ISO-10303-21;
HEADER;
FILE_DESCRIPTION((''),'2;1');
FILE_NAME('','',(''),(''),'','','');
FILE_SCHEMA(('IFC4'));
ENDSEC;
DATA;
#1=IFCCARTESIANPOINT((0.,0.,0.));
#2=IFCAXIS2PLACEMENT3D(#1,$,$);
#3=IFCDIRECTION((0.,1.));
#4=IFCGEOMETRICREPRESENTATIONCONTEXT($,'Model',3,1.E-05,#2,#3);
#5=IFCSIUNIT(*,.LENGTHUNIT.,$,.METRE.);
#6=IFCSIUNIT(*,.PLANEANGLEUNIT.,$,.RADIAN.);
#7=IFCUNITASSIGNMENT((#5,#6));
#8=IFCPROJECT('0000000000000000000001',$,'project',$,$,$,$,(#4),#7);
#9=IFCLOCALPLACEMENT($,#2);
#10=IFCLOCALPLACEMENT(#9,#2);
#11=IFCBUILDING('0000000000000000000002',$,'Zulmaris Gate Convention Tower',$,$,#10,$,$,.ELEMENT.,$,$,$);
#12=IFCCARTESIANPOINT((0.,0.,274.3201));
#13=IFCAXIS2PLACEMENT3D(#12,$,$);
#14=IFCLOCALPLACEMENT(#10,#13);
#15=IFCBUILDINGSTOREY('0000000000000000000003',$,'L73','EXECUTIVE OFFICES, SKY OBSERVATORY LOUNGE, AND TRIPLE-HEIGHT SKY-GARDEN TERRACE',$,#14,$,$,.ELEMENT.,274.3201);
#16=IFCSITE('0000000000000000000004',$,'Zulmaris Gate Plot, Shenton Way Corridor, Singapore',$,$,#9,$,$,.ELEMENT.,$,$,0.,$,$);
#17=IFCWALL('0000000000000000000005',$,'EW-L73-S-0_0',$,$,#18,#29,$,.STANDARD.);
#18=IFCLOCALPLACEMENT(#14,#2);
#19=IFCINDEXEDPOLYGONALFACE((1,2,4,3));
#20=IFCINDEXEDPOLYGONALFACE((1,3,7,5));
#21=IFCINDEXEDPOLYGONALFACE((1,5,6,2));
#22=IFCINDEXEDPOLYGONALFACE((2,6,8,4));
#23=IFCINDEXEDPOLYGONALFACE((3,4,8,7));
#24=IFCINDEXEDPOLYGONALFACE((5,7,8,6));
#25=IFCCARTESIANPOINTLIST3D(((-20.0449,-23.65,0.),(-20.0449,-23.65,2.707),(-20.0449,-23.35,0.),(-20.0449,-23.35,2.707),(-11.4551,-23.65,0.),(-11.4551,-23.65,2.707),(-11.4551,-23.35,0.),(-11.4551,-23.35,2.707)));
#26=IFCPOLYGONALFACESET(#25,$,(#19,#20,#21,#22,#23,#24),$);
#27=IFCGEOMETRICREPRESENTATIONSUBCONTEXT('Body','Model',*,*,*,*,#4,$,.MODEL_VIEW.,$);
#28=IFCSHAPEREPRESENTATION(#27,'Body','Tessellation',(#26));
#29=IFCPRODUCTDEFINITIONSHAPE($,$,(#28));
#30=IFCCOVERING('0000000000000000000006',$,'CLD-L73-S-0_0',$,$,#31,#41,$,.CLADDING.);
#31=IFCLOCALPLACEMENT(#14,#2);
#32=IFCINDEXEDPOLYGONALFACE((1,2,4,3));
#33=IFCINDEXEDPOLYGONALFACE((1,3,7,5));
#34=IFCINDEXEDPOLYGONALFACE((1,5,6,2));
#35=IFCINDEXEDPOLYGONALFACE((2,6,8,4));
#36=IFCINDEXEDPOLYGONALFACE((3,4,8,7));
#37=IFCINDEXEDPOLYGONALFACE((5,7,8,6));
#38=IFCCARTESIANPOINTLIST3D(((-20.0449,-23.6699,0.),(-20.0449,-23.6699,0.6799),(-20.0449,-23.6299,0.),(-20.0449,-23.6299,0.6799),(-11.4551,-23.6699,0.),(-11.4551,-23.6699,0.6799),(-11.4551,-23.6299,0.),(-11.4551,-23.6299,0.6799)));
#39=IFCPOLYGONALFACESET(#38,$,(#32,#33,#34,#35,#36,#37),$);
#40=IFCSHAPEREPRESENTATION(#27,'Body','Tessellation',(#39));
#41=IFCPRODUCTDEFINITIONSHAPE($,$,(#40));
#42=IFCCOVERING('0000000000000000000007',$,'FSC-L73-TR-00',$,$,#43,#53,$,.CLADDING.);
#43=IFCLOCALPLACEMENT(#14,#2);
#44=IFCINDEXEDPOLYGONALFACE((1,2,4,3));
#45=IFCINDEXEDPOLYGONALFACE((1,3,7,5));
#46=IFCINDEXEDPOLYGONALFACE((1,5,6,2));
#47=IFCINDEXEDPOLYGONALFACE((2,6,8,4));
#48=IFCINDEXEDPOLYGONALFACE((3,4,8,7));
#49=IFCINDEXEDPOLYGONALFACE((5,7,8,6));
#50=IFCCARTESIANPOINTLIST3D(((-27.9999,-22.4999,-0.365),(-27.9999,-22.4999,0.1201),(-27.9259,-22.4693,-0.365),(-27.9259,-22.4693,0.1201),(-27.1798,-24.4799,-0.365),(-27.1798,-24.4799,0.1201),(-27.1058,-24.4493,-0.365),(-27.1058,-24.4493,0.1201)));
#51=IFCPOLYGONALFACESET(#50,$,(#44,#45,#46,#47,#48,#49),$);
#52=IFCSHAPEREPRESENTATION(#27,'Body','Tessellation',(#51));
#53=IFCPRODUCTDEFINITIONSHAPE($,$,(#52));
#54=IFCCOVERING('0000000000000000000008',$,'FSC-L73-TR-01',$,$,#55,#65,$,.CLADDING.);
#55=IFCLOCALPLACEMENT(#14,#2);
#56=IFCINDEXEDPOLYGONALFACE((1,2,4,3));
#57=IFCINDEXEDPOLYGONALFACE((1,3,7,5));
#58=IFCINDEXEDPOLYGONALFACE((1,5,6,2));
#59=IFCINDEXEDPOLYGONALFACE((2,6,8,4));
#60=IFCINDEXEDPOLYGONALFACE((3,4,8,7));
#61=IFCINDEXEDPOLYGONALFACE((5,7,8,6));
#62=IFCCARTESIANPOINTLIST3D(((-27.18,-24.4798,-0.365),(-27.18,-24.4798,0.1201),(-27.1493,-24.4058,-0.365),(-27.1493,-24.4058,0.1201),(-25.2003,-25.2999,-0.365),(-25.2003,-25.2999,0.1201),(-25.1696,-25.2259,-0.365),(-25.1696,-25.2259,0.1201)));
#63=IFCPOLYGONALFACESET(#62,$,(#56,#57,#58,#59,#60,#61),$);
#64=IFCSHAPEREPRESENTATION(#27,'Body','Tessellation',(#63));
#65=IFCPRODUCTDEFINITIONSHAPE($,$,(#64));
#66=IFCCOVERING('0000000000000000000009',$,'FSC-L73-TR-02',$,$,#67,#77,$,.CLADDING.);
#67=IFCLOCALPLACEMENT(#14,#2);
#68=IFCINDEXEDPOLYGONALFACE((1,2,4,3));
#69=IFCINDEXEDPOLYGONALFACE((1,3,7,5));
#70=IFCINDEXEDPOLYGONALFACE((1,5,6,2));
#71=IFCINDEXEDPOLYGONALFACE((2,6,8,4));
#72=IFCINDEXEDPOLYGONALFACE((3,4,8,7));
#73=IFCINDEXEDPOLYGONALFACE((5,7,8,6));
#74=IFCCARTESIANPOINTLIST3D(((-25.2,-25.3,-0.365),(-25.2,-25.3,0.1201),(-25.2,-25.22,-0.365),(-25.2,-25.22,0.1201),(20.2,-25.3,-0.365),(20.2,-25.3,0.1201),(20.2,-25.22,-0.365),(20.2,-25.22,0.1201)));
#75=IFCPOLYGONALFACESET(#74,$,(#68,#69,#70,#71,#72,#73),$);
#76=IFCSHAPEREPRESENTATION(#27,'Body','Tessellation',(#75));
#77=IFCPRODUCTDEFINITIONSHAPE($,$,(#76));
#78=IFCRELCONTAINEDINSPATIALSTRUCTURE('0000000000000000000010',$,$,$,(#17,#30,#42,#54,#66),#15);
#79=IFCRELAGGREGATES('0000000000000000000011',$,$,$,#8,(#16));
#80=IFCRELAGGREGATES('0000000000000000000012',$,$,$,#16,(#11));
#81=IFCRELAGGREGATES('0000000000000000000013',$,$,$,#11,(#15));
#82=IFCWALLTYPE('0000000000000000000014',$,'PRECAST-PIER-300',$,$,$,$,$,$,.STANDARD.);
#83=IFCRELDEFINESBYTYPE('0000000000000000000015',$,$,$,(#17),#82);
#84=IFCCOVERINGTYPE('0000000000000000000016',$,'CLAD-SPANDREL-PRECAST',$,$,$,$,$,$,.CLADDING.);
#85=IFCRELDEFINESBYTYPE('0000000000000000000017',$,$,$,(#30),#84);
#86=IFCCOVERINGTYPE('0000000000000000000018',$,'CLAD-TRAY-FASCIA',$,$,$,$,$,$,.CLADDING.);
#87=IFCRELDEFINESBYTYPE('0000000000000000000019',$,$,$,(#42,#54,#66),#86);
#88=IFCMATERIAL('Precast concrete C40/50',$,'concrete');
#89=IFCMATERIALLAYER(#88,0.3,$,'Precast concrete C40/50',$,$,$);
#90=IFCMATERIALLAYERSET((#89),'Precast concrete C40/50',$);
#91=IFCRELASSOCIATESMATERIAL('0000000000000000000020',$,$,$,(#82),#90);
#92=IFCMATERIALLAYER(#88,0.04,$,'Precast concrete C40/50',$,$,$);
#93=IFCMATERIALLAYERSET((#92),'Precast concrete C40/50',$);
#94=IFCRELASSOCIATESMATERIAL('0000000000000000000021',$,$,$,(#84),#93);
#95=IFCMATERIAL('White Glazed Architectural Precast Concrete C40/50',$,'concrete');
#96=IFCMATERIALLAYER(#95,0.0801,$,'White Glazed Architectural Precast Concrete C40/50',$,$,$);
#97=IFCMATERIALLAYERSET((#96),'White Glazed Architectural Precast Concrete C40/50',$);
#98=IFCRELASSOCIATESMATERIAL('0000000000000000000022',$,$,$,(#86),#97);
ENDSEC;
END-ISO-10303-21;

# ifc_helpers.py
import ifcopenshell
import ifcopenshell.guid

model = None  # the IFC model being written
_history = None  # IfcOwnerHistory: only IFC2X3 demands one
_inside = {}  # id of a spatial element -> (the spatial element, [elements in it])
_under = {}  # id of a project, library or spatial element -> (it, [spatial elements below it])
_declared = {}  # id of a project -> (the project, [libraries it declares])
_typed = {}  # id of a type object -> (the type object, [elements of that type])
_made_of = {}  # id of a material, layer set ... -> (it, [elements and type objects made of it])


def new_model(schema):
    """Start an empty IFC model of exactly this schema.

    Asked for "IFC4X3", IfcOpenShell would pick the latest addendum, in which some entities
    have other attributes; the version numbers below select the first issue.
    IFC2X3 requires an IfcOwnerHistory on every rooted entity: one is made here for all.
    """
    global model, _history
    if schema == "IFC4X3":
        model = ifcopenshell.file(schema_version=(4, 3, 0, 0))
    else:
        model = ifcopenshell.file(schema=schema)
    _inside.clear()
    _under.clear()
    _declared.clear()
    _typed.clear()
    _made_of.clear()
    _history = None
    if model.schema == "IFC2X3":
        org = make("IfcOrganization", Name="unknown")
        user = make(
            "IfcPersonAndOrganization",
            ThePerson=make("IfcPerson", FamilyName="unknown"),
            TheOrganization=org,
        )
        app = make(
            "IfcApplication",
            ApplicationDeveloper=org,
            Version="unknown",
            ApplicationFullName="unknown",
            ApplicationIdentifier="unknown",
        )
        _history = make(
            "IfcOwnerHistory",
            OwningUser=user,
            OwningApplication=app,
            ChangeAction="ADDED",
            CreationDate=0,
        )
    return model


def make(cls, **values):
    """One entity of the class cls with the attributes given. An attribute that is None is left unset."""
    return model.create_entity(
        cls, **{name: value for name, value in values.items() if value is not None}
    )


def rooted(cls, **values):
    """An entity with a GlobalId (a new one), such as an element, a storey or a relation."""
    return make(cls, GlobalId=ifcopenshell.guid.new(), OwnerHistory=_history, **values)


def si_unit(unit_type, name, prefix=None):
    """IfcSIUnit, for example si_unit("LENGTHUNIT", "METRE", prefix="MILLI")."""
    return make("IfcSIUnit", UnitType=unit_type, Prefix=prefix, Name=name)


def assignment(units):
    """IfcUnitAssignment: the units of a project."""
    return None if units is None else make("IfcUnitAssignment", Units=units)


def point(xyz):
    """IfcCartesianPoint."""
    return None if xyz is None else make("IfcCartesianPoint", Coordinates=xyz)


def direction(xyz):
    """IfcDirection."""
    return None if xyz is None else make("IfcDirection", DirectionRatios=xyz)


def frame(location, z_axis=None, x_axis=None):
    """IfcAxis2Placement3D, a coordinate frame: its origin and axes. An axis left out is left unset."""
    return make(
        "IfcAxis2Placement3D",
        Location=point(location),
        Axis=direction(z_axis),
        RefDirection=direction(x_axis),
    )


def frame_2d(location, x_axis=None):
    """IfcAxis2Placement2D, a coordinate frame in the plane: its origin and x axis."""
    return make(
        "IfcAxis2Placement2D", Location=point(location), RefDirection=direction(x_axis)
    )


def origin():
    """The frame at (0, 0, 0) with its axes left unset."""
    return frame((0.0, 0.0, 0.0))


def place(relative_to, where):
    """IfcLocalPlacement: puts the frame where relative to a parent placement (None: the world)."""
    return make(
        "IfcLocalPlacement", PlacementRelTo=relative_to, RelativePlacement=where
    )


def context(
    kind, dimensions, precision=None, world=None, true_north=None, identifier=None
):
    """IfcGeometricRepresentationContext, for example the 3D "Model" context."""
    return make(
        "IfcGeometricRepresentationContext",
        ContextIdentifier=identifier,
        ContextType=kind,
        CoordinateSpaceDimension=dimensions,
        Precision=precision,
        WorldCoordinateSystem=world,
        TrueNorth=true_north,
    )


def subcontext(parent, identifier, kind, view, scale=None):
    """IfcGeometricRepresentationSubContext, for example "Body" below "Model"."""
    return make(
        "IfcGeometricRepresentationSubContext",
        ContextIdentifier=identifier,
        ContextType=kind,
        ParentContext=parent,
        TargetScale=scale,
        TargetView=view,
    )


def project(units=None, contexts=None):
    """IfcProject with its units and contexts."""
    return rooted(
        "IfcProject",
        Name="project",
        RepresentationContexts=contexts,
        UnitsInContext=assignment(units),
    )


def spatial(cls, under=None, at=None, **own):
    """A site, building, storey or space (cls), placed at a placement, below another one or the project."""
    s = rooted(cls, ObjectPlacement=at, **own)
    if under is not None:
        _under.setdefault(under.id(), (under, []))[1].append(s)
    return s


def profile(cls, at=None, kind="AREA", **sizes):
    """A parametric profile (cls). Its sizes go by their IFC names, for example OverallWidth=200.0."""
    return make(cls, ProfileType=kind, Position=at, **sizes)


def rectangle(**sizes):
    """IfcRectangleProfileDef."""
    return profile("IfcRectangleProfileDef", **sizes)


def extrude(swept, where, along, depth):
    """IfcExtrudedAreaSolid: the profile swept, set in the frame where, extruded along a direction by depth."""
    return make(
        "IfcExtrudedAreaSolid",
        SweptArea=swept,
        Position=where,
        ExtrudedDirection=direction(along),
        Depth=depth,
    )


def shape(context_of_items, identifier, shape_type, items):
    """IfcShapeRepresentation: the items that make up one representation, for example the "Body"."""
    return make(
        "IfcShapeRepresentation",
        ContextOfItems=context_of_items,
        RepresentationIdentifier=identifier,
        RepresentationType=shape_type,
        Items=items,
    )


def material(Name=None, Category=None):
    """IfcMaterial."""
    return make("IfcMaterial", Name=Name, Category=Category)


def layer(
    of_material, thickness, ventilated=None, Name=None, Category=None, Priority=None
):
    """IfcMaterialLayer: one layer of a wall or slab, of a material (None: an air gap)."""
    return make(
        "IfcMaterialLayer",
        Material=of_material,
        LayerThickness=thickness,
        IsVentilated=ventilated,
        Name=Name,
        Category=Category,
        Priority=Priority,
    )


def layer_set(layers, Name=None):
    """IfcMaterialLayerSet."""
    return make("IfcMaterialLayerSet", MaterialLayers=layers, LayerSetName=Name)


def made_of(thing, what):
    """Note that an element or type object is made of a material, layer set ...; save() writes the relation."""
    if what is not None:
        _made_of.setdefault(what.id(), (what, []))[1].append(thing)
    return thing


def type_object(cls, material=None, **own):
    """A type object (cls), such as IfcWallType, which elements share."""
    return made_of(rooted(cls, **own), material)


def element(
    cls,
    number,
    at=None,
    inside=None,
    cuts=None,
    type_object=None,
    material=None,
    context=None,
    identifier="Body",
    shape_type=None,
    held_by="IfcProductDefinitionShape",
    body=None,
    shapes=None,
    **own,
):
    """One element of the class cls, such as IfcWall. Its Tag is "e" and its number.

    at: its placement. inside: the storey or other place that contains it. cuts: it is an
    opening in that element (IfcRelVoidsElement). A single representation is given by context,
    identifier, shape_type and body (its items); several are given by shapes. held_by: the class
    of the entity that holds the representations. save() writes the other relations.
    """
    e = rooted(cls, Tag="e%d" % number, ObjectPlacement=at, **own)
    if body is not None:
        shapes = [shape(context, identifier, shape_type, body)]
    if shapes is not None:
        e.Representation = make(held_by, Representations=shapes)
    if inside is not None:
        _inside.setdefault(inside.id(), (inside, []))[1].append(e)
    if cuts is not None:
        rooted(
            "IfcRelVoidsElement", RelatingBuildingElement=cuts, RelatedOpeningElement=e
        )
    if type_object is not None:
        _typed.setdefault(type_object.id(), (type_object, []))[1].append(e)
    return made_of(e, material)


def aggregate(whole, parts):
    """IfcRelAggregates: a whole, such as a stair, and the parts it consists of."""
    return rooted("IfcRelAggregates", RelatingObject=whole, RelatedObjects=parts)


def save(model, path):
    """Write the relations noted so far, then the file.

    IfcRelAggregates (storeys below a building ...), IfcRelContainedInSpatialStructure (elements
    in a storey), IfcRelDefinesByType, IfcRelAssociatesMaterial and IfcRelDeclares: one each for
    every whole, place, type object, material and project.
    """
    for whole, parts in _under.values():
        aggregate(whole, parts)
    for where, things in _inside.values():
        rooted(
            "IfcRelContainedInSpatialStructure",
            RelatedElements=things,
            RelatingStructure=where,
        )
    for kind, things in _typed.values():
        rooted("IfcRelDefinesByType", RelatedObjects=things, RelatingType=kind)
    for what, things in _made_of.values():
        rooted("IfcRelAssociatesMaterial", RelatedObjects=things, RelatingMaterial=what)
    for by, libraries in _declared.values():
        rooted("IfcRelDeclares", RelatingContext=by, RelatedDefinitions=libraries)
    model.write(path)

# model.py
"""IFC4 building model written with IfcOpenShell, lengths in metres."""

from ifc_helpers import new_model, si_unit, direction, frame, frame_2d, origin, place, context, subcontext, project, spatial, rectangle, extrude, material, layer, layer_set, type_object, element, save


model = new_model("IFC4")

# Units and contexts
model_context = context("Model", 3, precision=1e-05, world=origin(), true_north=direction((0.0, 1.0)))
body_context = subcontext(model_context, "Body", "Model", "MODEL_VIEW")
ifc_project = project(units=[si_unit("LENGTHUNIT", "METRE"), si_unit("PLANEANGLEUNIT", "RADIAN")], contexts=[model_context])

# Site, building, storey
site_placement = place(None, origin())
site = spatial("IfcSite", under=ifc_project, at=site_placement, Name="Zulmaris Gate Plot, Shenton Way Corridor, Singapore", CompositionType="ELEMENT", RefElevation=0.0)
building_placement = place(site_placement, origin())
building = spatial("IfcBuilding", under=site, at=building_placement, Name="Zulmaris Gate Convention Tower", CompositionType="ELEMENT")
storey_placement = place(building_placement, frame((0.0, 0.0, 274.3201)))
storey = spatial("IfcBuildingStorey", under=building, at=storey_placement, Name="L73", Description="EXECUTIVE OFFICES, SKY OBSERVATORY LOUNGE, AND TRIPLE-HEIGHT SKY-GARDEN TERRACE", CompositionType="ELEMENT", Elevation=274.3201)

# Shared definitions
ifc_material_1 = material(Name="Precast concrete C40/50", Category="concrete")
ifc_layer_1 = layer(ifc_material_1, 0.3, Name="Precast concrete C40/50")
ifc_layer_set_1 = layer_set([ifc_layer_1], Name="Precast concrete C40/50")
wall_type_1 = type_object("IfcWallType", Name="PRECAST-PIER-300", PredefinedType="STANDARD", material=ifc_layer_set_1)

# Wall
wall_1_placement = place(storey_placement, frame((-20.0449, -23.5, 0.0), z_axis=(0.0, 0.0, 1.0), x_axis=(1.0, 0.0, 0.0)))
element("IfcWall", 1, at=wall_1_placement, inside=storey, type_object=wall_type_1, Name="EW-L73-S-0_0", PredefinedType="STANDARD", context=body_context, shape_type="SweptSolid", body=[
    extrude(rectangle(XDim=8.5898, YDim=0.3, at=frame_2d((4.2949, 0.0))), origin(), (0.0, 0.0, 1.0), 2.707),
])

# Coverings
ifc_layer_2 = layer(ifc_material_1, 0.04, Name="Precast concrete C40/50")
ifc_layer_set_2 = layer_set([ifc_layer_2], Name="Precast concrete C40/50")
covering_type_1 = type_object("IfcCoveringType", Name="CLAD-SPANDREL-PRECAST", PredefinedType="CLADDING", material=ifc_layer_set_2)
covering_1_placement = place(storey_placement, frame((-20.0449, -23.6499, 0.0), z_axis=(0.0, 0.0, 1.0), x_axis=(1.0, 0.0, 0.0)))
element("IfcCovering", 2, at=covering_1_placement, inside=storey, type_object=covering_type_1, Name="CLD-L73-S-0_0", PredefinedType="CLADDING", context=body_context, shape_type="SweptSolid", body=[
    extrude(rectangle(XDim=8.5898, YDim=0.04, at=frame_2d((4.2949, 0.0))), origin(), (0.0, 0.0, 1.0), 0.6799),
])
ifc_material_2 = material(Name="White Glazed Architectural Precast Concrete C40/50", Category="concrete")
ifc_layer_3 = layer(ifc_material_2, 0.0801, Name="White Glazed Architectural Precast Concrete C40/50")
ifc_layer_set_3 = layer_set([ifc_layer_3], Name="White Glazed Architectural Precast Concrete C40/50")
covering_type_2 = type_object("IfcCoveringType", Name="CLAD-TRAY-FASCIA", PredefinedType="CLADDING", material=ifc_layer_set_3)
covering_2_placement = place(storey_placement, frame((-27.9629, -22.4846, -0.365), z_axis=(0.0, 0.0, 1.0), x_axis=(0.382657, -0.92389, 0.0)))
element("IfcCovering", 3, at=covering_2_placement, inside=storey, type_object=covering_type_2, Name="FSC-L73-TR-00", PredefinedType="CLADDING", context=body_context, shape_type="SweptSolid", body=[
    extrude(rectangle(XDim=2.1431, YDim=0.0801, at=frame_2d((1.0715, 0.0))), origin(), (0.0, 0.0, 1.0), 0.4851),
])
covering_3_placement = place(storey_placement, frame((-27.1646, -24.4429, -0.365), z_axis=(0.0, 0.0, 1.0), x_axis=(0.923874, -0.382697, 0.0)))
element("IfcCovering", 4, at=covering_3_placement, inside=storey, type_object=covering_type_2, Name="FSC-L73-TR-01", PredefinedType="CLADDING", context=body_context, shape_type="SweptSolid", body=[
    extrude(rectangle(XDim=2.1428, YDim=0.0801, at=frame_2d((1.0713, 0.0))), origin(), (0.0, 0.0, 1.0), 0.4851),
])
covering_4_placement = place(storey_placement, frame((-25.2, -25.26, -0.365), z_axis=(0.0, 0.0, 1.0), x_axis=(1.0, 0.0, 0.0)))
element("IfcCovering", 5, at=covering_4_placement, inside=storey, type_object=covering_type_2, Name="FSC-L73-TR-02", PredefinedType="CLADDING", context=body_context, shape_type="SweptSolid", body=[
    extrude(rectangle(XDim=45.3999, YDim=0.0801, at=frame_2d((22.7, 0.0))), origin(), (0.0, 0.0, 1.0), 0.4851),
])

save(model, "model.ifc")
